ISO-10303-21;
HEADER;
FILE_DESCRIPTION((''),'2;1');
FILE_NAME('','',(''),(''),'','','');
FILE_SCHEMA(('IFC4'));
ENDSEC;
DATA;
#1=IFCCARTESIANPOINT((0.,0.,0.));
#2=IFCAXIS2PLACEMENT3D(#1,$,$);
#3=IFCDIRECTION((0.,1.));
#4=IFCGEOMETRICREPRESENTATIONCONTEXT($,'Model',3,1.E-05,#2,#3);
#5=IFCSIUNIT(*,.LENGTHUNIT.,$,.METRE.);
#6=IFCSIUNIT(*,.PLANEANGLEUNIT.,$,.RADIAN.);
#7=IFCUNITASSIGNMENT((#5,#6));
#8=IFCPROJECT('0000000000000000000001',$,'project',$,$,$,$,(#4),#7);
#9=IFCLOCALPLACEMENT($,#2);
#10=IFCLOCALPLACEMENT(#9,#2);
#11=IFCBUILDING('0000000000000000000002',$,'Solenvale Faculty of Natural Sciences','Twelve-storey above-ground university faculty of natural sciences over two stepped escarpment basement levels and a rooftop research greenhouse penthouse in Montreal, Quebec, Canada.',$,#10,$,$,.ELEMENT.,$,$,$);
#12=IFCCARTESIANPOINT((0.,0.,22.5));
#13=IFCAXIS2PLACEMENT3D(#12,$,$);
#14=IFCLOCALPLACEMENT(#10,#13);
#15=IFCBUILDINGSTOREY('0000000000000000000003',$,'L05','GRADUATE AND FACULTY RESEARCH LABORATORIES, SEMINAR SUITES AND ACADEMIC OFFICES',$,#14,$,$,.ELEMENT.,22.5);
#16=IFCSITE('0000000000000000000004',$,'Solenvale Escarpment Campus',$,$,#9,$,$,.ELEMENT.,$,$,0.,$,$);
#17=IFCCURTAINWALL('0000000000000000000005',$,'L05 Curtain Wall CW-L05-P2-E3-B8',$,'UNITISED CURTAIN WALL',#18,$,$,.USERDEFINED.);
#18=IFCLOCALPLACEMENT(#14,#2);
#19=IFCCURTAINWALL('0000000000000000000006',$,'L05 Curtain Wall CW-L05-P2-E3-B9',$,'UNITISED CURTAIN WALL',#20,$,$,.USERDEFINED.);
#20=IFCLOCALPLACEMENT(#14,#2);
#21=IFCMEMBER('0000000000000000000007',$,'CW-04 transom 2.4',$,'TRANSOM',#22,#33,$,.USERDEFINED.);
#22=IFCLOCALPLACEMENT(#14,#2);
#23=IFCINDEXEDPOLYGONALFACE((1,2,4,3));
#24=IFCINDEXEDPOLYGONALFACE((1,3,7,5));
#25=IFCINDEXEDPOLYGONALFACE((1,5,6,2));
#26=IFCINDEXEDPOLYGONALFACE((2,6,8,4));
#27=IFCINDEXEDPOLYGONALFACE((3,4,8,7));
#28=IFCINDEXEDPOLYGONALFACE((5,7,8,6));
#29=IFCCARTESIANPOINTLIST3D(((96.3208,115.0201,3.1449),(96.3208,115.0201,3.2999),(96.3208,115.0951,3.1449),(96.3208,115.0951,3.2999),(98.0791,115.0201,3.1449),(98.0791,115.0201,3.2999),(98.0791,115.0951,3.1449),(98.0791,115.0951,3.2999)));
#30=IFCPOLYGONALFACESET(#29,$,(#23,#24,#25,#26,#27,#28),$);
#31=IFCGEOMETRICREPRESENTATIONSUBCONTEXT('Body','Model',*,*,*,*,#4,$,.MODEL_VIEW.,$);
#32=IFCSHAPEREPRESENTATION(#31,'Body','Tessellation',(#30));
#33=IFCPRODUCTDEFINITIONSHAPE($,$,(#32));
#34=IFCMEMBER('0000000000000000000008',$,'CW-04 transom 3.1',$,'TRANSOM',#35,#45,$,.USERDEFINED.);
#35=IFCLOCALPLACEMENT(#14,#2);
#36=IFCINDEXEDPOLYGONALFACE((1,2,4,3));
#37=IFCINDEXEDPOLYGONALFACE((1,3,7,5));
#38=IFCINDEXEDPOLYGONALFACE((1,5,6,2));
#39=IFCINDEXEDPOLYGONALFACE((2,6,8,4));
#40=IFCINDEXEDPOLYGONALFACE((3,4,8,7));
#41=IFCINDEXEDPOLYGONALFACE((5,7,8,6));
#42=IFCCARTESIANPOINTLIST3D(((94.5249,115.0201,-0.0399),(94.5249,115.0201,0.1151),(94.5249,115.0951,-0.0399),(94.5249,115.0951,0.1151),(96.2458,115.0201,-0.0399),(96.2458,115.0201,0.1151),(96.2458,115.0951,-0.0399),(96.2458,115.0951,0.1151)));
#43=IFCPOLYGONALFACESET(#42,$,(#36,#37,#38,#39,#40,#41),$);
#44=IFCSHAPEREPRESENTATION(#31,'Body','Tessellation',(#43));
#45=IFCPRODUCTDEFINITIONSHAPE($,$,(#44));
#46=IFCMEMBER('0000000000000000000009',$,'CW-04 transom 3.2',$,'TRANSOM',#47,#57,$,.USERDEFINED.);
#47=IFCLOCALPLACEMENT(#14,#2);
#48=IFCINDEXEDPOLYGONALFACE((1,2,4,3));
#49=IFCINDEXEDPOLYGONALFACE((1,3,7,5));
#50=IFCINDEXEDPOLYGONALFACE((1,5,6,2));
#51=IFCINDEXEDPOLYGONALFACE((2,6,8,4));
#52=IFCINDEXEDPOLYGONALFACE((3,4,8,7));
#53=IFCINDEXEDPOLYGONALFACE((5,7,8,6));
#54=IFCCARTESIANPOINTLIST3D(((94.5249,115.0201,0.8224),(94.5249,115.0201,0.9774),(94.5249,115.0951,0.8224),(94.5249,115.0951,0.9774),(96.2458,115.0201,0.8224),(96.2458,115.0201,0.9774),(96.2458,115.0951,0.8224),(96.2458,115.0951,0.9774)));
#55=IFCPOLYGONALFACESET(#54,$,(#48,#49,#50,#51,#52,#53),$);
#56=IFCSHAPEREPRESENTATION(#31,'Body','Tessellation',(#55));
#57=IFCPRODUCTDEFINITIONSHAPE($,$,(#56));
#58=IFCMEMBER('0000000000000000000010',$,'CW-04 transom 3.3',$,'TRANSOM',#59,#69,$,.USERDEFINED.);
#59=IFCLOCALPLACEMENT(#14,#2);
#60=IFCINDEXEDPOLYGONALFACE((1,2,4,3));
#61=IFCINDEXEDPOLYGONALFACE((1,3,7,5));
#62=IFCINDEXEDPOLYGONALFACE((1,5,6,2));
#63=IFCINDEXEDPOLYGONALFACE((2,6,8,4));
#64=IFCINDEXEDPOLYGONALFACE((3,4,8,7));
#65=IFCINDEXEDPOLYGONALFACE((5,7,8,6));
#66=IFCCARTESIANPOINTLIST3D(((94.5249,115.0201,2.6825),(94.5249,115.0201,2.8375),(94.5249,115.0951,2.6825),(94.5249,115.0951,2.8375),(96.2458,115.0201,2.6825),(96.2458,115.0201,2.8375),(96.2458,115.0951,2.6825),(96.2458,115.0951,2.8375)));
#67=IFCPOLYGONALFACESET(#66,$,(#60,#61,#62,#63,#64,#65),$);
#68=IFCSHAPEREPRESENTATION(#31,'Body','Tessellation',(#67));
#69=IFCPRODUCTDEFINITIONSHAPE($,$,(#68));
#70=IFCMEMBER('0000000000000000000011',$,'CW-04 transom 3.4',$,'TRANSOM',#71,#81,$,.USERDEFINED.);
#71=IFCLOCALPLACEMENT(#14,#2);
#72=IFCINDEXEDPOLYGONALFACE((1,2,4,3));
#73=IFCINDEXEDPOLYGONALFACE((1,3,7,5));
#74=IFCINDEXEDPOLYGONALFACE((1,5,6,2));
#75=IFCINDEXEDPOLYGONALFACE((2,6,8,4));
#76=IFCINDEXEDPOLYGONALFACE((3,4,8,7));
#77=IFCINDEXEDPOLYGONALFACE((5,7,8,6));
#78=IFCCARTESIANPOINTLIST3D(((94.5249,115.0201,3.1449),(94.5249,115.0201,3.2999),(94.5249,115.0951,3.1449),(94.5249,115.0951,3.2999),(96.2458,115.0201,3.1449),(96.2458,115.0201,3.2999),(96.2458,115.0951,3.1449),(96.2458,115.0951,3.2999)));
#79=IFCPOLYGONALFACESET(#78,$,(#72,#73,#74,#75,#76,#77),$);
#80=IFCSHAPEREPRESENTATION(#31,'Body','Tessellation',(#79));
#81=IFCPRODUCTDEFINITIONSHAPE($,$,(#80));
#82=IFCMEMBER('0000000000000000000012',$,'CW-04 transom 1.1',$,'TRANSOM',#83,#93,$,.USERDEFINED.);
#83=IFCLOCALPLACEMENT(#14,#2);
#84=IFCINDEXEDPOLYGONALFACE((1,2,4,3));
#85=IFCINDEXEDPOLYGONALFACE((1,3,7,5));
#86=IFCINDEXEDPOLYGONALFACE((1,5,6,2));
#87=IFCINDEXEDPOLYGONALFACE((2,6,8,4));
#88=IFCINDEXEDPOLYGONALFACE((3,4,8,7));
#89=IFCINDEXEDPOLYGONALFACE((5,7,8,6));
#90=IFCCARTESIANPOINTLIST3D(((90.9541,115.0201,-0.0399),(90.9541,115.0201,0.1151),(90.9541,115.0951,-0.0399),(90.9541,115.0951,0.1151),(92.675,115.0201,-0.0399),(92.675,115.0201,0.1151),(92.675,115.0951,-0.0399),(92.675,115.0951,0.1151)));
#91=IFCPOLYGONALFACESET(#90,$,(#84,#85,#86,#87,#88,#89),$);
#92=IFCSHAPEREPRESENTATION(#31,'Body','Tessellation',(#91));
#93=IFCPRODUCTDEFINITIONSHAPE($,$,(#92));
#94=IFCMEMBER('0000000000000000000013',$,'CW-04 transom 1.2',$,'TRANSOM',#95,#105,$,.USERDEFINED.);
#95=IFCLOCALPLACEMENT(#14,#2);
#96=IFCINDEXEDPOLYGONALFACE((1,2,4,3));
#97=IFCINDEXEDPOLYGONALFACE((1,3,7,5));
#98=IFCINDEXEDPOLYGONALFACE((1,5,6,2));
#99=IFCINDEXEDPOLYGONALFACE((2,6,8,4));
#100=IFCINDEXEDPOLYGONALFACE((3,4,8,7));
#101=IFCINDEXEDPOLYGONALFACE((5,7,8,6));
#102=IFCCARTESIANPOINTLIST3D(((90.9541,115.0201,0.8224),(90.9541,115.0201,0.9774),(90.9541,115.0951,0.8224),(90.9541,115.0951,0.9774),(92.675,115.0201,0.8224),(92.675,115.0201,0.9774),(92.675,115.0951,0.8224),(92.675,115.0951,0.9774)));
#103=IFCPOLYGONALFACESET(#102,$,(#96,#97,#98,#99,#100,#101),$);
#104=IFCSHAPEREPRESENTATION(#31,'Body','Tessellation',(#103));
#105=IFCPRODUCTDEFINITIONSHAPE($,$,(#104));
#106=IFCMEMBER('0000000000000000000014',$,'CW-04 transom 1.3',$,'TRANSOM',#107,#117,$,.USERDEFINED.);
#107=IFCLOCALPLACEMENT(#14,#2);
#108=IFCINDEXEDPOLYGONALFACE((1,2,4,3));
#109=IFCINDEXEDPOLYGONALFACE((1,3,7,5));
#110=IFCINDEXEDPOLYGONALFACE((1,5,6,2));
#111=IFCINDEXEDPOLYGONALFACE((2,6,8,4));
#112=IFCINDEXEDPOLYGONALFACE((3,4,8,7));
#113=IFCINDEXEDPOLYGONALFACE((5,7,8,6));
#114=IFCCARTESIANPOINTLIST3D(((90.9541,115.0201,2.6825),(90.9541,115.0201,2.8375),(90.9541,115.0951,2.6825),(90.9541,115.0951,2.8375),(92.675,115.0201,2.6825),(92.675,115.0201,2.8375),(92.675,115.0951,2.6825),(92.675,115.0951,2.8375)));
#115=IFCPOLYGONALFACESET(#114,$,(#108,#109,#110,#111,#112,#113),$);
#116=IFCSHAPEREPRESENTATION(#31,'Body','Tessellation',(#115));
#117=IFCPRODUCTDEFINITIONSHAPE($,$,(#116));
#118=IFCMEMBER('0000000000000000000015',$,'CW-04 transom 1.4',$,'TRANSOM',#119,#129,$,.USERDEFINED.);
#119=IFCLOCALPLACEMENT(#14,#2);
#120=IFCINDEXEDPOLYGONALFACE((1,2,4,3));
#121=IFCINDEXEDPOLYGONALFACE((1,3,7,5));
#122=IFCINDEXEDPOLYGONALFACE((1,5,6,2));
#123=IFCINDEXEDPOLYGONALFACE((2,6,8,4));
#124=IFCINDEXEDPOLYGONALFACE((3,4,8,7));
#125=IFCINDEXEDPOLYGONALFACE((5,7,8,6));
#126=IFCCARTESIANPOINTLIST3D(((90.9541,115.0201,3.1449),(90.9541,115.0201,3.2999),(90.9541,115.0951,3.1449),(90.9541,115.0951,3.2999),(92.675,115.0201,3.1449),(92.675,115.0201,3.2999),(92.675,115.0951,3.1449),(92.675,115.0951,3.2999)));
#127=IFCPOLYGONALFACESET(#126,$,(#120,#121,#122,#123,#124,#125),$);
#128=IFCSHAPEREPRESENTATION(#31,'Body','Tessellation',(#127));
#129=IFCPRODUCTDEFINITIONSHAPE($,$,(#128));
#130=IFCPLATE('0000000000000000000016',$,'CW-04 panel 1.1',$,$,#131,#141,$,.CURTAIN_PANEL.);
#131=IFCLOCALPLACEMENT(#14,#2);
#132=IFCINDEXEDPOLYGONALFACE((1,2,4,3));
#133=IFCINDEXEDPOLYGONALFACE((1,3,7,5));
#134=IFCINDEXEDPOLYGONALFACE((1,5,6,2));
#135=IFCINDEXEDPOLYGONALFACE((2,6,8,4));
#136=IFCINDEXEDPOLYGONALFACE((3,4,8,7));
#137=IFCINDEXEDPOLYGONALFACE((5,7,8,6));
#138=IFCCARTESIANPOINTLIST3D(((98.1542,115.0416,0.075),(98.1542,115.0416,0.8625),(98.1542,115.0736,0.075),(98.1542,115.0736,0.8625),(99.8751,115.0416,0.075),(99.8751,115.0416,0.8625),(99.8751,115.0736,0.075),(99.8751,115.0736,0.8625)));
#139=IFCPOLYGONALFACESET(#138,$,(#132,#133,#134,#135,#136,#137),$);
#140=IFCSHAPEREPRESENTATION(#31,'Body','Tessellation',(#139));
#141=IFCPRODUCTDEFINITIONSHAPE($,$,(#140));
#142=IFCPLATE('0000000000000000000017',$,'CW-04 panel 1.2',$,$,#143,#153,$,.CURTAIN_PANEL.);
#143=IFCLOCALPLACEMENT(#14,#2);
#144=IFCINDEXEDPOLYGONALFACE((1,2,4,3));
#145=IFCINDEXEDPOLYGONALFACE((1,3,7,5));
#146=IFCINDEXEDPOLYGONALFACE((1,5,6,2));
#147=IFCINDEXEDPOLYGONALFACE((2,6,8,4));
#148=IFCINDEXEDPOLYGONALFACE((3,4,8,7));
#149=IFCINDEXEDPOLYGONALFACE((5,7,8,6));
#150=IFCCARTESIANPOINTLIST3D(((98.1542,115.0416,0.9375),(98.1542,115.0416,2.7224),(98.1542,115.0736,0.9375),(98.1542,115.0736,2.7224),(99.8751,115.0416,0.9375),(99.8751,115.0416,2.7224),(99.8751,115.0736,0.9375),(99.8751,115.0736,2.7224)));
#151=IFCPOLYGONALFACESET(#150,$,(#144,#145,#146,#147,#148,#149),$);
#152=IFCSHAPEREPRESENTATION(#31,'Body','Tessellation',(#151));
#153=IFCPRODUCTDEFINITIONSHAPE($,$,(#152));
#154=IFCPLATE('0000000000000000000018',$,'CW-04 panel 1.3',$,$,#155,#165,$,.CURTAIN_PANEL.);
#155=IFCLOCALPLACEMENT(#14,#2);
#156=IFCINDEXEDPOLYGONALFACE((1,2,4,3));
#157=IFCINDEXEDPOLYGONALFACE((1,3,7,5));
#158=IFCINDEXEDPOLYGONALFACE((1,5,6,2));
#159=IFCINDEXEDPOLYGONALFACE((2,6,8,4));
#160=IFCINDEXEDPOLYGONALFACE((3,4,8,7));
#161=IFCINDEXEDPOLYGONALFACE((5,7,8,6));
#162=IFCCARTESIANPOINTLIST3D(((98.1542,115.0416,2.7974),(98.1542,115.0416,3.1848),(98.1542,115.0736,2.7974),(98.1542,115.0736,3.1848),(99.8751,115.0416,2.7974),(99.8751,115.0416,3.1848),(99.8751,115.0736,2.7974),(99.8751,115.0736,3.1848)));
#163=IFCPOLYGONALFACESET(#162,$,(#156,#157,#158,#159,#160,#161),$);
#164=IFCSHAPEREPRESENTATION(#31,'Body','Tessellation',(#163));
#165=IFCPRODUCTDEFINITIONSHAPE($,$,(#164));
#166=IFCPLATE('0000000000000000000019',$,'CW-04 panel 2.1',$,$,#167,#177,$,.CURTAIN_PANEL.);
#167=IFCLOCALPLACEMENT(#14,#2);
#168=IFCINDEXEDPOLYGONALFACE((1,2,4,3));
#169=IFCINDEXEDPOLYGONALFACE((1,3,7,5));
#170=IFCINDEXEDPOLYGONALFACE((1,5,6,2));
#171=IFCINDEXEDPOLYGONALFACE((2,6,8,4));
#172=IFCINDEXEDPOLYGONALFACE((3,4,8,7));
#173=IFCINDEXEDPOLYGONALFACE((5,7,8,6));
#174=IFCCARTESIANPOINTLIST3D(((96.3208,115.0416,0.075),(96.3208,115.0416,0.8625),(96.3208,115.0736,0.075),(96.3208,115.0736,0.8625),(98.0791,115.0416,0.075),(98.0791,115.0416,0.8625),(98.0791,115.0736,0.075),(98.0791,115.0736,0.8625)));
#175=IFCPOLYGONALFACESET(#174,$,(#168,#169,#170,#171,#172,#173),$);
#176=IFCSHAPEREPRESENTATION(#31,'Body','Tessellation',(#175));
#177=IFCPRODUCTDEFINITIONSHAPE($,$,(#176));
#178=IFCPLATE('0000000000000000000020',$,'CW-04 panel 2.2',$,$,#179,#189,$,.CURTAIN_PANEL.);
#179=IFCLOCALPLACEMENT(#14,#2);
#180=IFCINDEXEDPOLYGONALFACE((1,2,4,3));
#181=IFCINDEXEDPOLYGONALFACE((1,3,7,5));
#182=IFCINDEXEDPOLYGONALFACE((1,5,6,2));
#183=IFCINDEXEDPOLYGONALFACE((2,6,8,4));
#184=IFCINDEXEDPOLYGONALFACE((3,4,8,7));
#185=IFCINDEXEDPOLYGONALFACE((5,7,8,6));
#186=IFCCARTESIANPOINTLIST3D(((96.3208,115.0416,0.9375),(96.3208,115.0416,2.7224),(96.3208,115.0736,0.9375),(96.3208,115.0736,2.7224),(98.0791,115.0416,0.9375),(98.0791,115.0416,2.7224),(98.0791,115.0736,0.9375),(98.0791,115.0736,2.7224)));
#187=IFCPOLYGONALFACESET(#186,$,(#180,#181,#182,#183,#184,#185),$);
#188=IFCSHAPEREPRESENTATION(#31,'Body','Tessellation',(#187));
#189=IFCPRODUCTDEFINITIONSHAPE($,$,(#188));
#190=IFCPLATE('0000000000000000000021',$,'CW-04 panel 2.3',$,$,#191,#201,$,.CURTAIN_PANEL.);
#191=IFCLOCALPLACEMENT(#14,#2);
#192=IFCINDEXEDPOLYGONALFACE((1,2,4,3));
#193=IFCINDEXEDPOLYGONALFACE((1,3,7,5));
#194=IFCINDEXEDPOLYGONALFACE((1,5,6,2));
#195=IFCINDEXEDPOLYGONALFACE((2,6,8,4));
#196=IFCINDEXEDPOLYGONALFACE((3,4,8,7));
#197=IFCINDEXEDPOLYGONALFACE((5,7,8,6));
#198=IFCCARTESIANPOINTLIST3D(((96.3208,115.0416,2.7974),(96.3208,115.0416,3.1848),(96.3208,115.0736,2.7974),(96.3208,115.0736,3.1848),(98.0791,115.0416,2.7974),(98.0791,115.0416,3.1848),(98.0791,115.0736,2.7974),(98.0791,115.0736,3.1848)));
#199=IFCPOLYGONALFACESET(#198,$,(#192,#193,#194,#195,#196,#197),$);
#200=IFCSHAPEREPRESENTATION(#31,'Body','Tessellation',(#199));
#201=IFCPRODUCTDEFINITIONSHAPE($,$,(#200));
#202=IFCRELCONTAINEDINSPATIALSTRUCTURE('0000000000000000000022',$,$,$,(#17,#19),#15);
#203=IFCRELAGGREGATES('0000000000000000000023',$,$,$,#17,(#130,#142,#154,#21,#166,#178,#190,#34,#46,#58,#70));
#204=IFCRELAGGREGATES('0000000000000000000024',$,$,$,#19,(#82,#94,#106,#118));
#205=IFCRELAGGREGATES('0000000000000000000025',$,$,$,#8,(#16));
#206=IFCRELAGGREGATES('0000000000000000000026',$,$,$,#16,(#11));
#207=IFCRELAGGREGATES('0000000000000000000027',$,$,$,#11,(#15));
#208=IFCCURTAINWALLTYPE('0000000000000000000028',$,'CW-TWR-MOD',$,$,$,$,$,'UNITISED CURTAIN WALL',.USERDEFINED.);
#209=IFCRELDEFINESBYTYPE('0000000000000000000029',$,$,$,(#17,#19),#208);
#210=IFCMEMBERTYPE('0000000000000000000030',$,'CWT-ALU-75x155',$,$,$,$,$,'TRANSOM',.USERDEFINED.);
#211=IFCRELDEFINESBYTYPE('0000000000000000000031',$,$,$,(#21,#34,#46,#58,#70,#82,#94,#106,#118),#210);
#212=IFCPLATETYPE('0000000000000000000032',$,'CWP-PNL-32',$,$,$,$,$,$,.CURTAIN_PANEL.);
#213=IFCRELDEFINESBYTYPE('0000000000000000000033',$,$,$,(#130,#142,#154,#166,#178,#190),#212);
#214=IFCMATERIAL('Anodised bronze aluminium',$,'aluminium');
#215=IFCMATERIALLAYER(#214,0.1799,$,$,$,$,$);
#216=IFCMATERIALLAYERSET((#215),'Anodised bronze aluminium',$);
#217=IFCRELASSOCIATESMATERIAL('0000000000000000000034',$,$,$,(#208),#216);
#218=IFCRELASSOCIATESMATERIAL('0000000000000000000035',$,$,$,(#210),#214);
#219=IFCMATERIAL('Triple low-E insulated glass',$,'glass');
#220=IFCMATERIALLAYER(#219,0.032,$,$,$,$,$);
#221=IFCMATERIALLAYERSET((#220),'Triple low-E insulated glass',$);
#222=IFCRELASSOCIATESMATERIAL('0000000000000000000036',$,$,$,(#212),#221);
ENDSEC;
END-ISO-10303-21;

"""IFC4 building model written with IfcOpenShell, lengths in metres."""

from ifc_helpers import new_model, si_unit, direction, frame, origin, origin_2d, place, context, subcontext, project, spatial, rectangle, extrude, material, layer, layer_set, material_profile, profile_set, type_object, element, aggregate, save


model = new_model("IFC4")

# Units and contexts
model_context = context("Model", 3, precision=1e-05, world=origin(), true_north=direction((0.0, 1.0)))
body_context = subcontext(model_context, "Body", "Model", "MODEL_VIEW")
ifc_project = project(units=[si_unit("LENGTHUNIT", "METRE"), si_unit("PLANEANGLEUNIT", "RADIAN")], contexts=[model_context])

# Site, building, storey
site_placement = place(None, origin())
site = spatial("IfcSite", under=ifc_project, at=site_placement, Name="Solenvale Escarpment Campus", CompositionType="ELEMENT", RefElevation=0.0)
building_placement = place(site_placement, origin())
building = spatial("IfcBuilding", under=site, at=building_placement, Name="Solenvale Faculty of Natural Sciences", Description="Twelve-storey above-ground university faculty of natural sciences over two stepped escarpment basement levels and a rooftop research greenhouse penthouse in Montreal, Quebec, Canada.", CompositionType="ELEMENT")
storey_placement = place(building_placement, frame((0.0, 0.0, 22.5)))
storey = spatial("IfcBuildingStorey", under=building, at=storey_placement, Name="L05", Description="GRADUATE AND FACULTY RESEARCH LABORATORIES, SEMINAR SUITES AND ACADEMIC OFFICES", CompositionType="ELEMENT", Elevation=22.5)

# Curtain wall
ifc_material_1 = material(Name="Anodised bronze aluminium", Category="aluminium")
ifc_layer_1 = layer(ifc_material_1, 0.1799)
ifc_layer_set_1 = layer_set([ifc_layer_1], Name="Anodised bronze aluminium")
curtain_wall_type = type_object("IfcCurtainWallType", Name="CW-TWR-MOD", ElementType="UNITISED CURTAIN WALL", PredefinedType="USERDEFINED", material=ifc_layer_set_1)
curtain_wall_1_placement = place(storey_placement, origin())
curtain_wall_1 = element("IfcCurtainWall", 1, at=curtain_wall_1_placement, inside=storey, type_object=curtain_wall_type, Name="L05 Curtain Wall CW-L05-P2-E3-B8", ObjectType="UNITISED CURTAIN WALL", PredefinedType="USERDEFINED")

# Curtain wall
curtain_wall_2_placement = place(storey_placement, origin())
curtain_wall_2 = element("IfcCurtainWall", 2, at=curtain_wall_2_placement, inside=storey, type_object=curtain_wall_type, Name="L05 Curtain Wall CW-L05-P2-E3-B9", ObjectType="UNITISED CURTAIN WALL", PredefinedType="USERDEFINED")

# Members
ifc_material_profile_1 = material_profile(ifc_material_1, rectangle(XDim=0.075, YDim=0.155, at=origin_2d()), Name="ALU-TRN-75x155")
ifc_profile_set_1 = profile_set([ifc_material_profile_1], Name="Anodised bronze aluminium")
member_type_1 = type_object("IfcMemberType", Name="CWT-ALU-75x155", ElementType="TRANSOM", PredefinedType="USERDEFINED", material=ifc_profile_set_1)
member_1_placement = place(storey_placement, frame((98.0791, 115.0576, 3.2224), z_axis=(-1.0, 0.0, 0.0), x_axis=(0.0, -1.0, 0.0)))
member_1 = element("IfcMember", 3, at=member_1_placement, type_object=member_type_1, Name="CW-04 transom 2.4", ObjectType="TRANSOM", PredefinedType="USERDEFINED", context=body_context, shape_type="SweptSolid", body=[
    extrude(rectangle(XDim=0.075, YDim=0.155, at=origin_2d()), origin(), (0.0, 0.0, 1.0), 1.7583),
])
member_2_placement = place(storey_placement, frame((96.2458, 115.0576, 0.0376), z_axis=(-1.0, 0.0, 0.0), x_axis=(0.0, -1.0, 0.0)))
member_2 = element("IfcMember", 4, at=member_2_placement, type_object=member_type_1, Name="CW-04 transom 3.1", ObjectType="TRANSOM", PredefinedType="USERDEFINED", context=body_context, shape_type="SweptSolid", body=[
    extrude(rectangle(XDim=0.075, YDim=0.155, at=origin_2d()), origin(), (0.0, 0.0, 1.0), 1.7209),
])
member_3_placement = place(storey_placement, frame((96.2458, 115.0576, 0.8999), z_axis=(-1.0, 0.0, 0.0), x_axis=(0.0, -1.0, 0.0)))
member_3 = element("IfcMember", 5, at=member_3_placement, type_object=member_type_1, Name="CW-04 transom 3.2", ObjectType="TRANSOM", PredefinedType="USERDEFINED", context=body_context, shape_type="SweptSolid", body=[
    extrude(rectangle(XDim=0.075, YDim=0.155, at=origin_2d()), origin(), (0.0, 0.0, 1.0), 1.7209),
])
member_4_placement = place(storey_placement, frame((96.2458, 115.0576, 2.76), z_axis=(-1.0, 0.0, 0.0), x_axis=(0.0, -1.0, 0.0)))
member_4 = element("IfcMember", 6, at=member_4_placement, type_object=member_type_1, Name="CW-04 transom 3.3", ObjectType="TRANSOM", PredefinedType="USERDEFINED", context=body_context, shape_type="SweptSolid", body=[
    extrude(rectangle(XDim=0.075, YDim=0.155, at=origin_2d()), origin(), (0.0, 0.0, 1.0), 1.7209),
])
member_5_placement = place(storey_placement, frame((96.2458, 115.0576, 3.2224), z_axis=(-1.0, 0.0, 0.0), x_axis=(0.0, -1.0, 0.0)))
member_5 = element("IfcMember", 7, at=member_5_placement, type_object=member_type_1, Name="CW-04 transom 3.4", ObjectType="TRANSOM", PredefinedType="USERDEFINED", context=body_context, shape_type="SweptSolid", body=[
    extrude(rectangle(XDim=0.075, YDim=0.155, at=origin_2d()), origin(), (0.0, 0.0, 1.0), 1.7209),
])
member_6_placement = place(storey_placement, frame((92.675, 115.0576, 0.0376), z_axis=(-1.0, 0.0, 0.0), x_axis=(0.0, -1.0, 0.0)))
member_6 = element("IfcMember", 8, at=member_6_placement, type_object=member_type_1, Name="CW-04 transom 1.1", ObjectType="TRANSOM", PredefinedType="USERDEFINED", context=body_context, shape_type="SweptSolid", body=[
    extrude(rectangle(XDim=0.075, YDim=0.155, at=origin_2d()), origin(), (0.0, 0.0, 1.0), 1.7209),
])
member_7_placement = place(storey_placement, frame((92.675, 115.0576, 0.8999), z_axis=(-1.0, 0.0, 0.0), x_axis=(0.0, -1.0, 0.0)))
member_7 = element("IfcMember", 9, at=member_7_placement, type_object=member_type_1, Name="CW-04 transom 1.2", ObjectType="TRANSOM", PredefinedType="USERDEFINED", context=body_context, shape_type="SweptSolid", body=[
    extrude(rectangle(XDim=0.075, YDim=0.155, at=origin_2d()), origin(), (0.0, 0.0, 1.0), 1.7209),
])
member_8_placement = place(storey_placement, frame((92.675, 115.0576, 2.76), z_axis=(-1.0, 0.0, 0.0), x_axis=(0.0, -1.0, 0.0)))
member_8 = element("IfcMember", 10, at=member_8_placement, type_object=member_type_1, Name="CW-04 transom 1.3", ObjectType="TRANSOM", PredefinedType="USERDEFINED", context=body_context, shape_type="SweptSolid", body=[
    extrude(rectangle(XDim=0.075, YDim=0.155, at=origin_2d()), origin(), (0.0, 0.0, 1.0), 1.7209),
])
member_9_placement = place(storey_placement, frame((92.675, 115.0576, 3.2224), z_axis=(-1.0, 0.0, 0.0), x_axis=(0.0, -1.0, 0.0)))
member_9 = element("IfcMember", 11, at=member_9_placement, type_object=member_type_1, Name="CW-04 transom 1.4", ObjectType="TRANSOM", PredefinedType="USERDEFINED", context=body_context, shape_type="SweptSolid", body=[
    extrude(rectangle(XDim=0.075, YDim=0.155, at=origin_2d()), origin(), (0.0, 0.0, 1.0), 1.7209),
])

# Plates
ifc_material_2 = material(Name="Triple low-E insulated glass", Category="glass")
ifc_layer_2 = layer(ifc_material_2, 0.032)
ifc_layer_set_2 = layer_set([ifc_layer_2], Name="Triple low-E insulated glass")
plate_type_1 = type_object("IfcPlateType", Name="CWP-PNL-32", PredefinedType="CURTAIN_PANEL", material=ifc_layer_set_2)
plate_1_placement = place(storey_placement, frame((99.0146, 115.0576, 0.075), z_axis=(0.0, 0.0, 1.0), x_axis=(-1.0, 0.0, 0.0)))
plate_1 = element("IfcPlate", 12, at=plate_1_placement, type_object=plate_type_1, Name="CW-04 panel 1.1", PredefinedType="CURTAIN_PANEL", context=body_context, shape_type="SweptSolid", body=[
    extrude(rectangle(XDim=1.7209, YDim=0.032, at=origin_2d()), origin(), (0.0, 0.0, 1.0), 0.7876),
])
plate_2_placement = place(storey_placement, frame((99.0146, 115.0576, 0.9375), z_axis=(0.0, 0.0, 1.0), x_axis=(-1.0, 0.0, 0.0)))
plate_2 = element("IfcPlate", 13, at=plate_2_placement, type_object=plate_type_1, Name="CW-04 panel 1.2", PredefinedType="CURTAIN_PANEL", context=body_context, shape_type="SweptSolid", body=[
    extrude(rectangle(XDim=1.7209, YDim=0.032, at=origin_2d()), origin(), (0.0, 0.0, 1.0), 1.7849),
])
plate_3_placement = place(storey_placement, frame((99.0146, 115.0576, 2.7974), z_axis=(0.0, 0.0, 1.0), x_axis=(-1.0, 0.0, 0.0)))
plate_3 = element("IfcPlate", 14, at=plate_3_placement, type_object=plate_type_1, Name="CW-04 panel 1.3", PredefinedType="CURTAIN_PANEL", context=body_context, shape_type="SweptSolid", body=[
    extrude(rectangle(XDim=1.7209, YDim=0.032, at=origin_2d()), origin(), (0.0, 0.0, 1.0), 0.3875),
])
plate_4_placement = place(storey_placement, frame((97.2, 115.0576, 0.075), z_axis=(0.0, 0.0, 1.0), x_axis=(-1.0, 0.0, 0.0)))
plate_4 = element("IfcPlate", 15, at=plate_4_placement, type_object=plate_type_1, Name="CW-04 panel 2.1", PredefinedType="CURTAIN_PANEL", context=body_context, shape_type="SweptSolid", body=[
    extrude(rectangle(XDim=1.7583, YDim=0.032, at=origin_2d()), origin(), (0.0, 0.0, 1.0), 0.7876),
])
plate_5_placement = place(storey_placement, frame((97.2, 115.0576, 0.9375), z_axis=(0.0, 0.0, 1.0), x_axis=(-1.0, 0.0, 0.0)))
plate_5 = element("IfcPlate", 16, at=plate_5_placement, type_object=plate_type_1, Name="CW-04 panel 2.2", PredefinedType="CURTAIN_PANEL", context=body_context, shape_type="SweptSolid", body=[
    extrude(rectangle(XDim=1.7583, YDim=0.032, at=origin_2d()), origin(), (0.0, 0.0, 1.0), 1.7849),
])
plate_6_placement = place(storey_placement, frame((97.2, 115.0576, 2.7974), z_axis=(0.0, 0.0, 1.0), x_axis=(-1.0, 0.0, 0.0)))
plate_6 = element("IfcPlate", 17, at=plate_6_placement, type_object=plate_type_1, Name="CW-04 panel 2.3", PredefinedType="CURTAIN_PANEL", context=body_context, shape_type="SweptSolid", body=[
    extrude(rectangle(XDim=1.7583, YDim=0.032, at=origin_2d()), origin(), (0.0, 0.0, 1.0), 0.3875),
])
aggregate(curtain_wall_1, [plate_1, plate_2, plate_3, member_1, plate_4, plate_5, plate_6, member_2, member_3, member_4, member_5])
aggregate(curtain_wall_2, [member_6, member_7, member_8, member_9])

save(model, "model.ifc")
